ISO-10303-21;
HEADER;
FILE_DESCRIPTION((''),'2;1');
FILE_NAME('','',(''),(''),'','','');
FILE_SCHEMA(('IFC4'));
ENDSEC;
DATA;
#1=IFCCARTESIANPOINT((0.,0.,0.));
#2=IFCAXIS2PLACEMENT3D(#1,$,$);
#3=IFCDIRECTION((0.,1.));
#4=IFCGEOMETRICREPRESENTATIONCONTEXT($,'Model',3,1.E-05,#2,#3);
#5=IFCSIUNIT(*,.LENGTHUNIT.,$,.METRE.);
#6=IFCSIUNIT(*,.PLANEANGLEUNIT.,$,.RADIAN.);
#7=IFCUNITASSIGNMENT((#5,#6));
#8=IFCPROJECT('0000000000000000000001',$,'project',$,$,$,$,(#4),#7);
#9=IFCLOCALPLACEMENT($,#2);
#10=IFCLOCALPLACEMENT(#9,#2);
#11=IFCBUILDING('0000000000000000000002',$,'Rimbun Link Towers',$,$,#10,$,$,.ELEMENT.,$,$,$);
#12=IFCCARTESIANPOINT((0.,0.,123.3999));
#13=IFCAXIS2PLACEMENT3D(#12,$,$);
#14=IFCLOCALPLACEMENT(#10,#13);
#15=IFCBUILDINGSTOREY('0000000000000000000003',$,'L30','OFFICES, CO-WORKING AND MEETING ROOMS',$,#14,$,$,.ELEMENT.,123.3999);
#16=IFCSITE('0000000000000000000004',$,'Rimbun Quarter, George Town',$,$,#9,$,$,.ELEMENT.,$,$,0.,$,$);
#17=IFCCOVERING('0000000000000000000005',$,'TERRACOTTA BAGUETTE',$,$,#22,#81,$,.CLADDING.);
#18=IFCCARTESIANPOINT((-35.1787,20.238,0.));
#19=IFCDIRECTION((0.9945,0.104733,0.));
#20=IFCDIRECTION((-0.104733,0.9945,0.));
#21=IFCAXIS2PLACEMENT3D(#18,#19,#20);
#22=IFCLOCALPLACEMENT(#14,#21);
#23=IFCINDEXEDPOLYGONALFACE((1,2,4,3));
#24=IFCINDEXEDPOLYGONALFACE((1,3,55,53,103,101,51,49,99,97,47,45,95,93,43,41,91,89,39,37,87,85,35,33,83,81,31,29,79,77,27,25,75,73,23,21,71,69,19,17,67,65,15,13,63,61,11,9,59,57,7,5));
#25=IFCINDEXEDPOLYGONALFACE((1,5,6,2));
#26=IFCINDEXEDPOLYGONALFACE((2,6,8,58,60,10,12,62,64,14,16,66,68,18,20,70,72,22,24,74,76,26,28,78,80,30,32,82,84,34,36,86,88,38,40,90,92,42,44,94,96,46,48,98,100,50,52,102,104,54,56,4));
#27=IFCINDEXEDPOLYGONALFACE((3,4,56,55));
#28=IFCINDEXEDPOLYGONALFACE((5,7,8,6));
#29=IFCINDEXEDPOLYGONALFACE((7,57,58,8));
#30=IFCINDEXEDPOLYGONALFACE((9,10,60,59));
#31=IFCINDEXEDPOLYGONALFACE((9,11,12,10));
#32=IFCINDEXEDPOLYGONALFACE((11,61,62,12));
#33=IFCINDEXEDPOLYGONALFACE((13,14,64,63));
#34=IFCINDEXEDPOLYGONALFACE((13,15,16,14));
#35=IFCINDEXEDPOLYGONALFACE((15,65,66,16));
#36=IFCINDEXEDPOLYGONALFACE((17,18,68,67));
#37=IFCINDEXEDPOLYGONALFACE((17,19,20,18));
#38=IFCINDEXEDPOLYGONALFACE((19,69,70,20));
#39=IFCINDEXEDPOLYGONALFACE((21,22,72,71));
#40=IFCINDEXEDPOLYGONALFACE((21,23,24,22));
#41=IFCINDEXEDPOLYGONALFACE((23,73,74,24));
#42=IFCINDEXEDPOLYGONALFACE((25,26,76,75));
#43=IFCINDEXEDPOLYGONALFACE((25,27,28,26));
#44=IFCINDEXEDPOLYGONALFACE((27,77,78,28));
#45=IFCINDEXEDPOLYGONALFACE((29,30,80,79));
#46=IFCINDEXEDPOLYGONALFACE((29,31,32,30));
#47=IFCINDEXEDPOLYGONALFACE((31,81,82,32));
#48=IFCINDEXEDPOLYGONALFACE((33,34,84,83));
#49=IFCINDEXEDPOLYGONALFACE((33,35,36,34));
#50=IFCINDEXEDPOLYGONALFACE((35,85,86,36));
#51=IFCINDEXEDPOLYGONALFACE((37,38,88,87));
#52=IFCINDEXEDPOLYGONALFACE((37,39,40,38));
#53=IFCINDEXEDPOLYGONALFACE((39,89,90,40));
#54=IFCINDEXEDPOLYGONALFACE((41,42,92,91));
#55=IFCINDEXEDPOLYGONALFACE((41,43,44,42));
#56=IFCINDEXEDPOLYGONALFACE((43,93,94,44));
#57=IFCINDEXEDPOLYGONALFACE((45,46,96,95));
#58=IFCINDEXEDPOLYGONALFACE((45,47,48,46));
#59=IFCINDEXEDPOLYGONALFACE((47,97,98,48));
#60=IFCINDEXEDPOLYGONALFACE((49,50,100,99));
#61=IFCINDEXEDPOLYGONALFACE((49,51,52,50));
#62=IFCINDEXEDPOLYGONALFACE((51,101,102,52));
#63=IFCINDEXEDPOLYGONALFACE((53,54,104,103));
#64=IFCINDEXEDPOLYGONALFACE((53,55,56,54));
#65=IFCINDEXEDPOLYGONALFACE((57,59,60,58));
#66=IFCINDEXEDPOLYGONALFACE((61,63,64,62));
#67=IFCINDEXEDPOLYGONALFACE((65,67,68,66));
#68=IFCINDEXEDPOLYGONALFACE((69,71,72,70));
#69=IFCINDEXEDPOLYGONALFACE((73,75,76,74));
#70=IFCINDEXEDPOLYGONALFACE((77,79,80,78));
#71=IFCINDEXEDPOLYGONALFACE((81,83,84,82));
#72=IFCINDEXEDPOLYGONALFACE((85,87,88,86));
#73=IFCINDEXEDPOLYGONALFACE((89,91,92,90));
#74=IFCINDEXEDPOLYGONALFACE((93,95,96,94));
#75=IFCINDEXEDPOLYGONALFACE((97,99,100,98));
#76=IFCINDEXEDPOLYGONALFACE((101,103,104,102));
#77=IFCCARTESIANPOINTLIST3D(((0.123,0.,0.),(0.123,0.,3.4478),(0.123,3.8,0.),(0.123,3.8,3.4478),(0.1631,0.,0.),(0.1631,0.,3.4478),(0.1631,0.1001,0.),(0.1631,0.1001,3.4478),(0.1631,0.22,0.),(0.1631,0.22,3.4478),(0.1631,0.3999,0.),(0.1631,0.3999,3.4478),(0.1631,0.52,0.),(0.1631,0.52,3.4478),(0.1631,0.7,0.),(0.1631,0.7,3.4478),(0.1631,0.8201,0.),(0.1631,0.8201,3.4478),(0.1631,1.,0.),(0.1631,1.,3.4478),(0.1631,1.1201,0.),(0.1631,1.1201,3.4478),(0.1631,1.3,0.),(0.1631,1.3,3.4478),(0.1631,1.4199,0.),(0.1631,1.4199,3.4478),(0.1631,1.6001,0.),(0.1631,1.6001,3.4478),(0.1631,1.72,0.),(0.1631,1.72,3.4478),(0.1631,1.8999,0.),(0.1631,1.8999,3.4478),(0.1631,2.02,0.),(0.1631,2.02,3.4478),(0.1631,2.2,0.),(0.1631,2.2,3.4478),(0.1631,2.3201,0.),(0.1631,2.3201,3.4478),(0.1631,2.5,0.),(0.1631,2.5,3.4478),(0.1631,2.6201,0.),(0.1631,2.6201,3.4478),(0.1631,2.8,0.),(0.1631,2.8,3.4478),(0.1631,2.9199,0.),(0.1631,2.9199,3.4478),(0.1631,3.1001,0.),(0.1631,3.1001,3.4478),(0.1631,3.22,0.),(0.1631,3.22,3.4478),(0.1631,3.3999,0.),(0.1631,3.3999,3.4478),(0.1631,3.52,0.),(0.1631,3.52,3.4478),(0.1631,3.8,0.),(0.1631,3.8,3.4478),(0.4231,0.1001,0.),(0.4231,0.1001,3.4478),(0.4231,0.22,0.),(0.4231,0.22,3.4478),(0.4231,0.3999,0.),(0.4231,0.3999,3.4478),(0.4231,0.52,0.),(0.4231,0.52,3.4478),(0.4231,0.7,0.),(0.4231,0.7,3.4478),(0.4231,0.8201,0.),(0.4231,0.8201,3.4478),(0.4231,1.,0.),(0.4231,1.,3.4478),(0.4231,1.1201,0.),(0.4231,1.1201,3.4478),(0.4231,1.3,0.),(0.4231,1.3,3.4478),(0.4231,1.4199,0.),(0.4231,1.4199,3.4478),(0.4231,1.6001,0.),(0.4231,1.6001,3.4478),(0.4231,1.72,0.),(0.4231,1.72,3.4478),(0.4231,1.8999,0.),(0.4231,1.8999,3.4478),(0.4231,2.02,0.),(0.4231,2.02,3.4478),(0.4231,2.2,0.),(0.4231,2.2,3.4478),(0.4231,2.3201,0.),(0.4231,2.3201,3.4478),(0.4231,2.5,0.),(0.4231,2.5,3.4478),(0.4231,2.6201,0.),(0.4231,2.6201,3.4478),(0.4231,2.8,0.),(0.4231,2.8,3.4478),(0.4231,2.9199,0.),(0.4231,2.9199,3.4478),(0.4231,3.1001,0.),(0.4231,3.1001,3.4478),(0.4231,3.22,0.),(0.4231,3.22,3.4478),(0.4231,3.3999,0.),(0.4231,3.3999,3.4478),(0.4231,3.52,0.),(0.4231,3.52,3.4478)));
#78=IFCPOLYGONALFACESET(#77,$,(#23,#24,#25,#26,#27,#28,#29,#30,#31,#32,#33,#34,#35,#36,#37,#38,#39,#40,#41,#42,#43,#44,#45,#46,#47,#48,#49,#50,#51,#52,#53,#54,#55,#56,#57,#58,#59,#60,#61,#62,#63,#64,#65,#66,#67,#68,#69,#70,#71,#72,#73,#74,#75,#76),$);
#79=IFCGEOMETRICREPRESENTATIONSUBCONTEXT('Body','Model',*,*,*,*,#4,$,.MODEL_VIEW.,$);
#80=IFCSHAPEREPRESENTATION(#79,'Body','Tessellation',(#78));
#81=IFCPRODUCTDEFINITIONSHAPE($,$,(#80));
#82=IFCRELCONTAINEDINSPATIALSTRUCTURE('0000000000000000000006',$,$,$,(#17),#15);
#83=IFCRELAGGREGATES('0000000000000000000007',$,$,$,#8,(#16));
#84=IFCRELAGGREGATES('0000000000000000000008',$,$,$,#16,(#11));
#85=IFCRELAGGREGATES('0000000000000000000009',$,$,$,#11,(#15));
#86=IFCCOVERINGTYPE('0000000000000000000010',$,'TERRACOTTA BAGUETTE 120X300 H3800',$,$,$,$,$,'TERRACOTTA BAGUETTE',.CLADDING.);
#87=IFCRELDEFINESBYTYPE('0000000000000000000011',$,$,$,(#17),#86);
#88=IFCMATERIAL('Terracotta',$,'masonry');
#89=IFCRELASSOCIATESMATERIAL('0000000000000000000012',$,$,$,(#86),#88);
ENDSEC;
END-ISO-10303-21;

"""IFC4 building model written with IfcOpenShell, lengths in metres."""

from ifc_helpers import new_model, si_unit, direction, frame, origin, place, context, subcontext, project, spatial, polyline, outline, extrude, material, material_profile, profile_set, type_object, element, save


model = new_model("IFC4")

# Units and contexts
model_context = context("Model", 3, precision=1e-05, world=origin(), true_north=direction((0.0, 1.0)))
body_context = subcontext(model_context, "Body", "Model", "MODEL_VIEW")
ifc_project = project(units=[si_unit("LENGTHUNIT", "METRE"), si_unit("PLANEANGLEUNIT", "RADIAN")], contexts=[model_context])

# Site, building, storey
site_placement = place(None, origin())
site = spatial("IfcSite", under=ifc_project, at=site_placement, Name="Rimbun Quarter, George Town", CompositionType="ELEMENT", RefElevation=0.0)
building_placement = place(site_placement, origin())
building = spatial("IfcBuilding", under=site, at=building_placement, Name="Rimbun Link Towers", CompositionType="ELEMENT")
storey_placement = place(building_placement, frame((0.0, 0.0, 123.3999)))
storey = spatial("IfcBuildingStorey", under=building, at=storey_placement, Name="L30", Description="OFFICES, CO-WORKING AND MEETING ROOMS", CompositionType="ELEMENT", Elevation=123.3999)

# Covering
ifc_material_1 = material(Name="Terracotta", Category="masonry")
ifc_material_profile_1 = material_profile(ifc_material_1, outline(polyline([(0.123, 0.0), (0.1631, 0.0), (0.1631, 0.1001), (0.4231, 0.1001), (0.4231, 0.22), (0.1631, 0.22), (0.1631, 0.3999), (0.4231, 0.3999), (0.4231, 0.52), (0.1631, 0.52), (0.1631, 0.7), (0.4231, 0.7), (0.4231, 0.8201), (0.1631, 0.8201), (0.1631, 1.0), (0.4231, 1.0), (0.4231, 1.1201), (0.1631, 1.1201), (0.1631, 1.3), (0.4231, 1.3), (0.4231, 1.4199), (0.1631, 1.4199), (0.1631, 1.6001), (0.4231, 1.6001), (0.4231, 1.72), (0.1631, 1.72), (0.1631, 1.8999), (0.4231, 1.8999), (0.4231, 2.02), (0.1631, 2.02), (0.1631, 2.2), (0.4231, 2.2), (0.4231, 2.3201), (0.1631, 2.3201), (0.1631, 2.5), (0.4231, 2.5), (0.4231, 2.6201), (0.1631, 2.6201), (0.1631, 2.8), (0.4231, 2.8), (0.4231, 2.9199), (0.1631, 2.9199), (0.1631, 3.1001), (0.4231, 3.1001), (0.4231, 3.22), (0.1631, 3.22), (0.1631, 3.3999), (0.4231, 3.3999), (0.4231, 3.52), (0.1631, 3.52), (0.1631, 3.8), (0.123, 3.8), (0.123, 0.0)])), Name="BAGUETTE 120X300")
ifc_profile_set_1 = profile_set([ifc_material_profile_1], Name="Terracotta")
covering_type = type_object("IfcCoveringType", Name="TERRACOTTA BAGUETTE 120X300 H3800", ElementType="TERRACOTTA BAGUETTE", PredefinedType="CLADDING", material=ifc_profile_set_1)
for number, where, z_axis, x_axis, name in (
    (1, (-35.1787, 20.238, 0.0), (0.9945, 0.104733, 0.0), (-0.104733, 0.9945, 0.0), "TERRACOTTA BAGUETTE"),
):
    element("IfcCovering", number, at=place(storey_placement, frame(where, z_axis=z_axis, x_axis=x_axis)), inside=storey, type_object=covering_type, Name=name, PredefinedType="CLADDING", context=body_context, shape_type="SweptSolid", body=[
        extrude(outline(polyline([(0.123, 0.0), (0.1631, 0.0), (0.1631, 0.1001), (0.4231, 0.1001), (0.4231, 0.22), (0.1631, 0.22), (0.1631, 0.3999), (0.4231, 0.3999), (0.4231, 0.52), (0.1631, 0.52), (0.1631, 0.7), (0.4231, 0.7), (0.4231, 0.8201), (0.1631, 0.8201), (0.1631, 1.0), (0.4231, 1.0), (0.4231, 1.1201), (0.1631, 1.1201), (0.1631, 1.3), (0.4231, 1.3), (0.4231, 1.4199), (0.1631, 1.4199), (0.1631, 1.6001), (0.4231, 1.6001), (0.4231, 1.72), (0.1631, 1.72), (0.1631, 1.8999), (0.4231, 1.8999), (0.4231, 2.02), (0.1631, 2.02), (0.1631, 2.2), (0.4231, 2.2), (0.4231, 2.3201), (0.1631, 2.3201), (0.1631, 2.5), (0.4231, 2.5), (0.4231, 2.6201), (0.1631, 2.6201), (0.1631, 2.8), (0.4231, 2.8), (0.4231, 2.9199), (0.1631, 2.9199), (0.1631, 3.1001), (0.4231, 3.1001), (0.4231, 3.22), (0.1631, 3.22), (0.1631, 3.3999), (0.4231, 3.3999), (0.4231, 3.52), (0.1631, 3.52), (0.1631, 3.8), (0.123, 3.8), (0.123, 0.0)])), origin(), (0.0, 0.0, 1.0), 3.4478),
    ])

save(model, "model.ifc")
